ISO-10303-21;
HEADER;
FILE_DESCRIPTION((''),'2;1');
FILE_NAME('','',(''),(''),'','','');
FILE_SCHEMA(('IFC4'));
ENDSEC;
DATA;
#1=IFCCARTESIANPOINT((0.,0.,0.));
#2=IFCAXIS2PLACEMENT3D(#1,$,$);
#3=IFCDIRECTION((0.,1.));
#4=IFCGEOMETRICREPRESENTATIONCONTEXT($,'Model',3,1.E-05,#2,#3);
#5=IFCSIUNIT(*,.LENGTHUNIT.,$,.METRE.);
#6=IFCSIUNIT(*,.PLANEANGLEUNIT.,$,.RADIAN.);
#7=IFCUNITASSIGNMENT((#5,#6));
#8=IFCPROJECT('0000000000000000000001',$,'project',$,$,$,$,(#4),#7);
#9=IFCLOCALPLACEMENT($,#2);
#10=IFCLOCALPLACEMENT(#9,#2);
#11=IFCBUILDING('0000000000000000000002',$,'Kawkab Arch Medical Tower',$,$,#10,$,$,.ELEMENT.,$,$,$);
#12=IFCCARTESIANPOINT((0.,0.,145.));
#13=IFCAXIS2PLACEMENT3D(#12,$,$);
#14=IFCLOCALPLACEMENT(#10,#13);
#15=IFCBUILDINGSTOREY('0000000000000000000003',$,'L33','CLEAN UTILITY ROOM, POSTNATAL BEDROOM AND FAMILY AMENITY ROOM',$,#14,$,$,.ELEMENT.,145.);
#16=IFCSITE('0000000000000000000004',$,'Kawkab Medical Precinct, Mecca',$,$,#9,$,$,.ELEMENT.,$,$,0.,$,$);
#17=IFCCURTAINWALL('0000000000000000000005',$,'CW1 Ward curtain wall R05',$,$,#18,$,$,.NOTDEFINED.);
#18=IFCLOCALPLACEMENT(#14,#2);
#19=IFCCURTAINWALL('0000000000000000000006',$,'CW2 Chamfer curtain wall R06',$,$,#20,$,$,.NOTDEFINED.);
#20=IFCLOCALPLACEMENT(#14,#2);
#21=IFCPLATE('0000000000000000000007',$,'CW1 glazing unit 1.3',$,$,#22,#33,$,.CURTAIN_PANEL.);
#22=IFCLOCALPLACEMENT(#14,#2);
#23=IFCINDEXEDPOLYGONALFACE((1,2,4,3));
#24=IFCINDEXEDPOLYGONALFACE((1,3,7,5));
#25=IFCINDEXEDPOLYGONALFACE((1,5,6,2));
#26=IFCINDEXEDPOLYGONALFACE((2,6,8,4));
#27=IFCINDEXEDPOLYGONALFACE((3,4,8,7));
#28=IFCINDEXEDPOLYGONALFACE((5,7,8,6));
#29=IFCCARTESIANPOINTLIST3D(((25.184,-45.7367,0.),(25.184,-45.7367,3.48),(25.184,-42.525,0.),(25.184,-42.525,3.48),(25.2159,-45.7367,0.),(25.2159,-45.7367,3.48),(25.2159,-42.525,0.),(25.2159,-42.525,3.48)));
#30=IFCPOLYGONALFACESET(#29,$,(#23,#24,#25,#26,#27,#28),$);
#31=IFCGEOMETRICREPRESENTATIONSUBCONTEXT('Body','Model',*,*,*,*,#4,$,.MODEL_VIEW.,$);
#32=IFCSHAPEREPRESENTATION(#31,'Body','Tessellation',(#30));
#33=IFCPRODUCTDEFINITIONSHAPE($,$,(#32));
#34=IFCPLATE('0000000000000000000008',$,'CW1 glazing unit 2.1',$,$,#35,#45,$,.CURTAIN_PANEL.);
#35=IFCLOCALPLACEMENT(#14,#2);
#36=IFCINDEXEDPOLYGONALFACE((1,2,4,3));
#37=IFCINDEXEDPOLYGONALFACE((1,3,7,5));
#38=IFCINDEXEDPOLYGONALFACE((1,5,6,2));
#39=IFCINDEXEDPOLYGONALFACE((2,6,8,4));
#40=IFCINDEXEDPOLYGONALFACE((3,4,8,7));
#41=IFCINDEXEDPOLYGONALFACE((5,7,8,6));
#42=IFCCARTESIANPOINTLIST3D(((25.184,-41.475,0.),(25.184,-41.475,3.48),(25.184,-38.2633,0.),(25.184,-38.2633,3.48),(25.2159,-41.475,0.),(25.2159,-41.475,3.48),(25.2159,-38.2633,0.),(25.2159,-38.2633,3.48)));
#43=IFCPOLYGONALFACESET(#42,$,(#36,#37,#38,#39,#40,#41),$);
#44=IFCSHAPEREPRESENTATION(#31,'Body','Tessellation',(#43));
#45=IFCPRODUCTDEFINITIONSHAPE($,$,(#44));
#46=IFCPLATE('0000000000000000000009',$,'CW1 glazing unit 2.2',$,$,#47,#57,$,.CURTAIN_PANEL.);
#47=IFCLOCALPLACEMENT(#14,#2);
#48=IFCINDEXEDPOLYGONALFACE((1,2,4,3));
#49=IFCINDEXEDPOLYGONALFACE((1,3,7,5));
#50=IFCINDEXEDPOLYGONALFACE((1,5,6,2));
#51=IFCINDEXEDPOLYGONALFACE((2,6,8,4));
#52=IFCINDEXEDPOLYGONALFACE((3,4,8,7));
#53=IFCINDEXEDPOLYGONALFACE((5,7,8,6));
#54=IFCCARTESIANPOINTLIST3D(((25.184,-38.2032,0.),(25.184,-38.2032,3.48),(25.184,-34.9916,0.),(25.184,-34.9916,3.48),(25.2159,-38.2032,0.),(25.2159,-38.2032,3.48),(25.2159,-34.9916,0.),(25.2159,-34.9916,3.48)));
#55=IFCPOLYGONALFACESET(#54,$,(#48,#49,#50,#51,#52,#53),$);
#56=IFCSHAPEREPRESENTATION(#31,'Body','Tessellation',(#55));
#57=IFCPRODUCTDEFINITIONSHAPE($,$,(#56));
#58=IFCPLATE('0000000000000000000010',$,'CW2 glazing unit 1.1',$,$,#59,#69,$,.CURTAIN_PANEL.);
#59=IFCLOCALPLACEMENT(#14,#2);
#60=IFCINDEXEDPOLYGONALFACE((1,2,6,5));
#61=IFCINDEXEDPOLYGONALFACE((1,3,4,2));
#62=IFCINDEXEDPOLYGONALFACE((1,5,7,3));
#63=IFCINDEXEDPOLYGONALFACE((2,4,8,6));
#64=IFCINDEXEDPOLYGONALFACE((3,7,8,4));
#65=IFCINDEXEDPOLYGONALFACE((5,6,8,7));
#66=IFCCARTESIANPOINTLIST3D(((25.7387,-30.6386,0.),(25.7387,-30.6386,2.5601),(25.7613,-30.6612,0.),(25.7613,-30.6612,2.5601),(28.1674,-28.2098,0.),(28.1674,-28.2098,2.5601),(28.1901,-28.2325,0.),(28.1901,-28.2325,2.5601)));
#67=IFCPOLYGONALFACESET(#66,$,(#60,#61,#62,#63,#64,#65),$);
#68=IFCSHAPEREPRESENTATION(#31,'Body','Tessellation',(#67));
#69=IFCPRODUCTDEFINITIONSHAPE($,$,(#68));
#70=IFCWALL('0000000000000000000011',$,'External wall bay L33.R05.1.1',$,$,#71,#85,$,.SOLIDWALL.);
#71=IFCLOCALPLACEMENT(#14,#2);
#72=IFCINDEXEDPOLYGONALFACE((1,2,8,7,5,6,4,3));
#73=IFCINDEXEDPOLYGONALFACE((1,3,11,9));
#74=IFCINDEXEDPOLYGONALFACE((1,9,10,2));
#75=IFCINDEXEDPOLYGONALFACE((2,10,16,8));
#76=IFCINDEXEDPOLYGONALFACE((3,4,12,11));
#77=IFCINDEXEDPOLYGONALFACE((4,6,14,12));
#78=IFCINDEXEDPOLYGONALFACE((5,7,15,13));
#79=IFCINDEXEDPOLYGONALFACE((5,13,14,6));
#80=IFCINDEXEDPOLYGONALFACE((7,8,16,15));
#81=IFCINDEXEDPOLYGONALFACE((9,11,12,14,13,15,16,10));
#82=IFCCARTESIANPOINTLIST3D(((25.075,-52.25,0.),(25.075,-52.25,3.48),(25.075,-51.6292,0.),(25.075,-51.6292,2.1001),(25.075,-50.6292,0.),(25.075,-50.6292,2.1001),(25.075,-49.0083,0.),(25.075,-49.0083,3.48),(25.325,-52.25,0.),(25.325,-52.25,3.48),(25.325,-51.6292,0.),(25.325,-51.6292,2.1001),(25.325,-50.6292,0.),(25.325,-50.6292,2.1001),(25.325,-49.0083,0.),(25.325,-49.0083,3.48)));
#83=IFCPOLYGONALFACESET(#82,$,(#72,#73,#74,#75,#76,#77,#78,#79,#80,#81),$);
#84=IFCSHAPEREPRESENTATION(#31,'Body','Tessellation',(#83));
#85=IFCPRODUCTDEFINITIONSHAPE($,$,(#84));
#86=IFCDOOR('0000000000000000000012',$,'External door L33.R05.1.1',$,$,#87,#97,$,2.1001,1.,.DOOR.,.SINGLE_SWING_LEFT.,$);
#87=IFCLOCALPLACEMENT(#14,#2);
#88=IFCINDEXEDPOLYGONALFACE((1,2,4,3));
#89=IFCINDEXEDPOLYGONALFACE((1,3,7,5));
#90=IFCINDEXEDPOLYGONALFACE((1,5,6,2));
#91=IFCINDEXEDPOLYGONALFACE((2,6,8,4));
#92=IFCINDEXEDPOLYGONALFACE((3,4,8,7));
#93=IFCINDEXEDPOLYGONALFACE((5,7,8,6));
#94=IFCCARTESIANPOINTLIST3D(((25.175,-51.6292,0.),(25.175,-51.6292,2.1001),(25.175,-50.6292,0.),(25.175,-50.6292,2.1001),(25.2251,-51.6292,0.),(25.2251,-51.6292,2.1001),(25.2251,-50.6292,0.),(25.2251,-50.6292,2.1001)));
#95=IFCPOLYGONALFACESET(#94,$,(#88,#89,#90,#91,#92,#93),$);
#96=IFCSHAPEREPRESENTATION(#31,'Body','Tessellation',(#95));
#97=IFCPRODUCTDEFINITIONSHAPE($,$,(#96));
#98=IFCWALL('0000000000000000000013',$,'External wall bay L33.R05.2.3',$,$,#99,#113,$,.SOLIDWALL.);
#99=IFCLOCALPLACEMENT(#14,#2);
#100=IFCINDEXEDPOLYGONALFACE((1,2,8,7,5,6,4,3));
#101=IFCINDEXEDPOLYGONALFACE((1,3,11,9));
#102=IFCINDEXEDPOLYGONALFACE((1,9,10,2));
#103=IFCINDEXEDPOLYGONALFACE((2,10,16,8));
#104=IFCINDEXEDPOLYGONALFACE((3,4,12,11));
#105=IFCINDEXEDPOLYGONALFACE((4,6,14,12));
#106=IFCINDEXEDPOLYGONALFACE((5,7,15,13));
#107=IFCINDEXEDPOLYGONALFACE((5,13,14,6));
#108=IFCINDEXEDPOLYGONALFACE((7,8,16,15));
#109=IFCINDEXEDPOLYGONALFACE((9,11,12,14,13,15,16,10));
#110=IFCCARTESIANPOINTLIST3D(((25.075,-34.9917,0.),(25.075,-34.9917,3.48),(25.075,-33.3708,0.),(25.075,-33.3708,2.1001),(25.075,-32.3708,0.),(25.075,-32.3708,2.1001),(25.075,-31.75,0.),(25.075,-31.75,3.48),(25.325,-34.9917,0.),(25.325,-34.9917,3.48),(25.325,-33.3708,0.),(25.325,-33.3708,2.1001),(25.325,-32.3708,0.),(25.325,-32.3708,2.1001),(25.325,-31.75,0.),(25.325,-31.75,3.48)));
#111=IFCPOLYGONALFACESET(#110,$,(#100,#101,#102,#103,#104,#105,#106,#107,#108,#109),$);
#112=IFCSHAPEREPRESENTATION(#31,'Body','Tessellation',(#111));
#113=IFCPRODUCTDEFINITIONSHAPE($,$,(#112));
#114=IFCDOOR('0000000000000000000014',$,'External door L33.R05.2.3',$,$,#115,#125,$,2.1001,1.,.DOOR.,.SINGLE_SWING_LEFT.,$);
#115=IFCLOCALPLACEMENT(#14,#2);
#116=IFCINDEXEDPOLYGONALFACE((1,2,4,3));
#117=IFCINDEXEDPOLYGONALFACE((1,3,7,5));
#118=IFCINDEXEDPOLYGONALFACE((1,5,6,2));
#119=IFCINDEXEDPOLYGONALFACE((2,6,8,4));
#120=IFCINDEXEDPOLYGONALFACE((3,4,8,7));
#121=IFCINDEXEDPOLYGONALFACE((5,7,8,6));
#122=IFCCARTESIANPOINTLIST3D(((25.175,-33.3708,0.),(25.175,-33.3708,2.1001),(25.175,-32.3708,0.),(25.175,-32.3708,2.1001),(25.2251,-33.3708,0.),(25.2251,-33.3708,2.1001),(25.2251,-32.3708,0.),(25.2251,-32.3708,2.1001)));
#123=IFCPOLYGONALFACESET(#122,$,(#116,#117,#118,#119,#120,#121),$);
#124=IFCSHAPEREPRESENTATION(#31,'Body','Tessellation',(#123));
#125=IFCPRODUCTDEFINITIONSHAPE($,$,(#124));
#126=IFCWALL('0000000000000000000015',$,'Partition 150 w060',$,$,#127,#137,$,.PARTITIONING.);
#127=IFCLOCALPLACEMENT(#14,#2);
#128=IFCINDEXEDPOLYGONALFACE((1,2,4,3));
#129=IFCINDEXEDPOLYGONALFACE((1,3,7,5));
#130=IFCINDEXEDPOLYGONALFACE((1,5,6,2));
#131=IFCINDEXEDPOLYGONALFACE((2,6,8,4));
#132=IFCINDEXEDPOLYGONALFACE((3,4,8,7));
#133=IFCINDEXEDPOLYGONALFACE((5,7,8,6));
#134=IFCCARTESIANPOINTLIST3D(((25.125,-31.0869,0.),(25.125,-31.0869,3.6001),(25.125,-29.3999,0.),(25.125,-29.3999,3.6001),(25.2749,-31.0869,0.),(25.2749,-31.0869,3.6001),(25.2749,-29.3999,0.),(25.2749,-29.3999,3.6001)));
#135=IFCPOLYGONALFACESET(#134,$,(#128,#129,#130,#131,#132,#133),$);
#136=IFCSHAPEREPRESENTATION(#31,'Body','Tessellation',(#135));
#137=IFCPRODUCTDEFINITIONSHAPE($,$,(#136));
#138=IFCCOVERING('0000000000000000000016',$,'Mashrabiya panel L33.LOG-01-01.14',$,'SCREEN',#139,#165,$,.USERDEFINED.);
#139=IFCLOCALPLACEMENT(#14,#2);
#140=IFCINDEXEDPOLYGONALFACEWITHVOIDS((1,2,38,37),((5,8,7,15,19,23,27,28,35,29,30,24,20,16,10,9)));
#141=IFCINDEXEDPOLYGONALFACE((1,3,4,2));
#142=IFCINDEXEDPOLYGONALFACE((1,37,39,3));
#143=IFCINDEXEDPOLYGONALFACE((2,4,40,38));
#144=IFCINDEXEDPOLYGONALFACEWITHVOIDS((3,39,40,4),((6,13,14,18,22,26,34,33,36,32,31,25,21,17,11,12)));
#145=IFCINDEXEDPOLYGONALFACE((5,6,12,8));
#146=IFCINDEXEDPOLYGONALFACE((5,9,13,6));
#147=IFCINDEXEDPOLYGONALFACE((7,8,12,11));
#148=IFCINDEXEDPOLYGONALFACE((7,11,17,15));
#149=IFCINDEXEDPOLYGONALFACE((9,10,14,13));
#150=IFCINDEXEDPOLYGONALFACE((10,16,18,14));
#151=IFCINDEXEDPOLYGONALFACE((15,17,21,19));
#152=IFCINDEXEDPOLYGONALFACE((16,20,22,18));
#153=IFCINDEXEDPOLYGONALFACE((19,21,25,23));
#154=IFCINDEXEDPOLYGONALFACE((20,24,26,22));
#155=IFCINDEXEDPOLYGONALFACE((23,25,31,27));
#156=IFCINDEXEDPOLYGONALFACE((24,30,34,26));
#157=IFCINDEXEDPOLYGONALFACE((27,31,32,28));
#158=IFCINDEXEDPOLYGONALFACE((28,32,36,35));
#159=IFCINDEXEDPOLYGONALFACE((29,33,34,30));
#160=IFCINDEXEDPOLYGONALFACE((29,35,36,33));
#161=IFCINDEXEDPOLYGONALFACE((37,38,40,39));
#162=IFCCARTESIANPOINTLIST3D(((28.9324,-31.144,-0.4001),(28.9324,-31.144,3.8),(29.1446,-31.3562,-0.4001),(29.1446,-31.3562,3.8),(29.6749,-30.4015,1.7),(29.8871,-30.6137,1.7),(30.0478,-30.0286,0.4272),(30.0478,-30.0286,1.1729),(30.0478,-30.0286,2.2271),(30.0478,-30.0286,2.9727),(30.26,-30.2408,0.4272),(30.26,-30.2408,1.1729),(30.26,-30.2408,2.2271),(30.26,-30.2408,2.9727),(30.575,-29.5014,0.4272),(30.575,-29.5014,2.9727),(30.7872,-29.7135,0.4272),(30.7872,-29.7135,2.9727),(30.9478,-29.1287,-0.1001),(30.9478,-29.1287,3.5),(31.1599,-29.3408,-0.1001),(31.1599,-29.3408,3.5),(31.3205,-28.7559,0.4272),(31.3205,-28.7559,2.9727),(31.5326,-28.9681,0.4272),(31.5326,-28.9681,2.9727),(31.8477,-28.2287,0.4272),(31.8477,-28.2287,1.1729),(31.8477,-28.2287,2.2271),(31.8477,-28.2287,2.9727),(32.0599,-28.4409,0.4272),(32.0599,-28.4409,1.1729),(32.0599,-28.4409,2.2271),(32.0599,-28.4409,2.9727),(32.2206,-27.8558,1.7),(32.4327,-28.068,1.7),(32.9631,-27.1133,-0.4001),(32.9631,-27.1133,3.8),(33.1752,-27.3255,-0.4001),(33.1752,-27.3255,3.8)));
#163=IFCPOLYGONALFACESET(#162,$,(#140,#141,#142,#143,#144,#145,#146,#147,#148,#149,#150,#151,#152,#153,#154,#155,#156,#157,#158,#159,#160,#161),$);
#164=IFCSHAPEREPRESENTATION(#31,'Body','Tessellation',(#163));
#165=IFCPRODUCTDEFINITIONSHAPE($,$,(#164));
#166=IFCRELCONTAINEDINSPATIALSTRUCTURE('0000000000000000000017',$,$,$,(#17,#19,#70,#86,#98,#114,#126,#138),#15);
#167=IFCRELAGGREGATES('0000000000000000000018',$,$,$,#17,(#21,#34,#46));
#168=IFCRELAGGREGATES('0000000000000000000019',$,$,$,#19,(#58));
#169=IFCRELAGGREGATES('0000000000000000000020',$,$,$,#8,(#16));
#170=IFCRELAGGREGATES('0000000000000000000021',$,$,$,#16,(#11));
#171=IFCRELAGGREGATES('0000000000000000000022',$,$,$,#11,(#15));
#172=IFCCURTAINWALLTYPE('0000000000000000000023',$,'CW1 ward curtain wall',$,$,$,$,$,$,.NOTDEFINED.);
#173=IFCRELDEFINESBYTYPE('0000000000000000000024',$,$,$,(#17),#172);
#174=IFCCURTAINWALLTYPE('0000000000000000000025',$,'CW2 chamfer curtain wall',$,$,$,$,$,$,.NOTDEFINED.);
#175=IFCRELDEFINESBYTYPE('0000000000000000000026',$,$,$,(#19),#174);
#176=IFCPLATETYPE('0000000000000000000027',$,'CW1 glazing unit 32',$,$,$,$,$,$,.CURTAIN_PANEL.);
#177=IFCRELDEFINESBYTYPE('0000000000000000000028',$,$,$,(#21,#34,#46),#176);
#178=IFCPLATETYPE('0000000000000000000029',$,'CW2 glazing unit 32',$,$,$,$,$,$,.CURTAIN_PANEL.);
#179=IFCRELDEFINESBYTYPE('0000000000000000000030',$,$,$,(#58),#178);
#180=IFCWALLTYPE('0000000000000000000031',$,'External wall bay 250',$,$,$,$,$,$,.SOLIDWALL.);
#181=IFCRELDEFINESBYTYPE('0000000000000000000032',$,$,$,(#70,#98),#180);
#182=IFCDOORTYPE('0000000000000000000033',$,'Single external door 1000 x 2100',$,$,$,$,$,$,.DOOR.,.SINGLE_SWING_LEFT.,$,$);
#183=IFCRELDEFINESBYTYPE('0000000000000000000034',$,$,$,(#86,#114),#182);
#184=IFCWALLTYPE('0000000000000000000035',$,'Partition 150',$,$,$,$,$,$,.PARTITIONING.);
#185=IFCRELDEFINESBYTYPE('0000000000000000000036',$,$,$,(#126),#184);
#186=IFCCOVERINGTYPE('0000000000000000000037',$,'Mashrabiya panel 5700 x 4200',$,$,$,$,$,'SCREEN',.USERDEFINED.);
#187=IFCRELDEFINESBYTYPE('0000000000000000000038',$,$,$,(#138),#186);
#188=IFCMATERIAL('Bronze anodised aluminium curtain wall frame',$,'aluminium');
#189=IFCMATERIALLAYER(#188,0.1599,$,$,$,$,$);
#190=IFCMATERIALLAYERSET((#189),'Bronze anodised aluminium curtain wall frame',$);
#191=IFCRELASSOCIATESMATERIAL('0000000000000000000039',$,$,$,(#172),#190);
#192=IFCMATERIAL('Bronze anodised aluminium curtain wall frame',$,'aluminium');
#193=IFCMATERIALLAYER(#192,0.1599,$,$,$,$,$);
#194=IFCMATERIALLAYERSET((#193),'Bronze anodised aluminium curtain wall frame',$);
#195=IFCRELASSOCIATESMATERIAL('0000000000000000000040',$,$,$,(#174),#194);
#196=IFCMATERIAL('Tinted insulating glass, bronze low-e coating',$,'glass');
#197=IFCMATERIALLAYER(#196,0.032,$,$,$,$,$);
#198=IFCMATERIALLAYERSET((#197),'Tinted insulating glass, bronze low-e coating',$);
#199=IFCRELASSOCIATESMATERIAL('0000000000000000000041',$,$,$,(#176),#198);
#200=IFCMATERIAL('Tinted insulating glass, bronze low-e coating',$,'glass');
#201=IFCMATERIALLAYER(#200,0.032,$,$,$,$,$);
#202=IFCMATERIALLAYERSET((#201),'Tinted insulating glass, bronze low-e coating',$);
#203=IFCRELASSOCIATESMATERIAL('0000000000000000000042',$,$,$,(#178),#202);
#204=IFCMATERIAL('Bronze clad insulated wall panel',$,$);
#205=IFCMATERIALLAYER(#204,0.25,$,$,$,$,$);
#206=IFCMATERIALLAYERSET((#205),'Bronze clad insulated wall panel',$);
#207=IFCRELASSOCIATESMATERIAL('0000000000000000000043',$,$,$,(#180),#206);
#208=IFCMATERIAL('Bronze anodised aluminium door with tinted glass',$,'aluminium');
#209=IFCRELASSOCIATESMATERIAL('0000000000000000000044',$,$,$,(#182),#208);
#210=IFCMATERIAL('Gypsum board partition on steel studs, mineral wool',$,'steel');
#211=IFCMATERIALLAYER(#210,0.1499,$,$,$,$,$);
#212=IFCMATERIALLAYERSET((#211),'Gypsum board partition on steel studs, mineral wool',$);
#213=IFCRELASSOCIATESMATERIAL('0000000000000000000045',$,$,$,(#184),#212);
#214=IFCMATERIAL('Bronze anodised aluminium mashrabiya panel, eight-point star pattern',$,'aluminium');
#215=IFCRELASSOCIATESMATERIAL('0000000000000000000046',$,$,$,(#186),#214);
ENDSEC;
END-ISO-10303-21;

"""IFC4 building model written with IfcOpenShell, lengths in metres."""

from ifc_helpers import new_model, si_unit, direction, frame, frame_2d, origin, origin_2d, place, context, subcontext, project, spatial, polyline, rectangle, outline, extrude, material, layer, layer_set, material_profile, profile_set, type_object, element, fill, aggregate, save


model = new_model("IFC4")

# Units and contexts
model_context = context("Model", 3, precision=1e-05, world=origin(), true_north=direction((0.0, 1.0)))
body_context = subcontext(model_context, "Body", "Model", "MODEL_VIEW")
ifc_project = project(units=[si_unit("LENGTHUNIT", "METRE"), si_unit("PLANEANGLEUNIT", "RADIAN")], contexts=[model_context])

# Site, building, storey
site_placement = place(None, origin())
site = spatial("IfcSite", under=ifc_project, at=site_placement, Name="Kawkab Medical Precinct, Mecca", CompositionType="ELEMENT", RefElevation=0.0)
building_placement = place(site_placement, origin())
building = spatial("IfcBuilding", under=site, at=building_placement, Name="Kawkab Arch Medical Tower", CompositionType="ELEMENT")
storey_placement = place(building_placement, frame((0.0, 0.0, 145.0)))
storey = spatial("IfcBuildingStorey", under=building, at=storey_placement, Name="L33", Description="CLEAN UTILITY ROOM, POSTNATAL BEDROOM AND FAMILY AMENITY ROOM", CompositionType="ELEMENT", Elevation=145.0)

# Curtain walls
ifc_material_1 = material(Name="Bronze anodised aluminium curtain wall frame", Category="aluminium")
ifc_layer_1 = layer(ifc_material_1, 0.1599)
ifc_layer_set_1 = layer_set([ifc_layer_1], Name="Bronze anodised aluminium curtain wall frame")
curtain_wall_type_1 = type_object("IfcCurtainWallType", Name="CW1 ward curtain wall", PredefinedType="NOTDEFINED", material=ifc_layer_set_1)
placement = place(storey_placement, origin())
curtain_wall_1 = element("IfcCurtainWall", 1, at=placement, inside=storey, type_object=curtain_wall_type_1, Name="CW1 Ward curtain wall R05", PredefinedType="NOTDEFINED")
ifc_material_2 = material(Name="Bronze anodised aluminium curtain wall frame", Category="aluminium")
ifc_layer_2 = layer(ifc_material_2, 0.1599)
ifc_layer_set_2 = layer_set([ifc_layer_2], Name="Bronze anodised aluminium curtain wall frame")
curtain_wall_type_2 = type_object("IfcCurtainWallType", Name="CW2 chamfer curtain wall", PredefinedType="NOTDEFINED", material=ifc_layer_set_2)
curtain_wall_2 = element("IfcCurtainWall", 2, at=placement, inside=storey, type_object=curtain_wall_type_2, Name="CW2 Chamfer curtain wall R06", PredefinedType="NOTDEFINED")

# Plates
ifc_material_3 = material(Name="Tinted insulating glass, bronze low-e coating", Category="glass")
ifc_layer_3 = layer(ifc_material_3, 0.032)
ifc_layer_set_3 = layer_set([ifc_layer_3], Name="Tinted insulating glass, bronze low-e coating")
plate_type_1 = type_object("IfcPlateType", Name="CW1 glazing unit 32", PredefinedType="CURTAIN_PANEL", material=ifc_layer_set_3)
plate_1_placement = place(storey_placement, frame((25.2, -44.1309, 0.0), z_axis=(0.0, 0.0, 1.0), x_axis=(0.0, 1.0, 0.0)))
plate_1 = element("IfcPlate", 3, at=plate_1_placement, type_object=plate_type_1, Name="CW1 glazing unit 1.3", PredefinedType="CURTAIN_PANEL", context=body_context, shape_type="SweptSolid", body=[
    extrude(rectangle(XDim=3.2117, YDim=0.032, at=origin_2d()), origin(), (0.0, 0.0, 1.0), 3.48),
])
plate_2_placement = place(storey_placement, frame((25.2, -39.8691, 0.0), z_axis=(0.0, 0.0, 1.0), x_axis=(0.0, 1.0, 0.0)))
plate_2 = element("IfcPlate", 4, at=plate_2_placement, type_object=plate_type_1, Name="CW1 glazing unit 2.1", PredefinedType="CURTAIN_PANEL", context=body_context, shape_type="SweptSolid", body=[
    extrude(rectangle(XDim=3.2117, YDim=0.032, at=origin_2d()), origin(), (0.0, 0.0, 1.0), 3.48),
])
plate_3_placement = place(storey_placement, frame((25.2, -36.5974, 0.0), z_axis=(0.0, 0.0, 1.0), x_axis=(0.0, 1.0, 0.0)))
plate_3 = element("IfcPlate", 5, at=plate_3_placement, type_object=plate_type_1, Name="CW1 glazing unit 2.2", PredefinedType="CURTAIN_PANEL", context=body_context, shape_type="SweptSolid", body=[
    extrude(rectangle(XDim=3.2117, YDim=0.032, at=origin_2d()), origin(), (0.0, 0.0, 1.0), 3.48),
])
aggregate(curtain_wall_1, [plate_1, plate_2, plate_3])
ifc_material_4 = material(Name="Tinted insulating glass, bronze low-e coating", Category="glass")
ifc_layer_4 = layer(ifc_material_4, 0.032)
ifc_layer_set_4 = layer_set([ifc_layer_4], Name="Tinted insulating glass, bronze low-e coating")
plate_type_2 = type_object("IfcPlateType", Name="CW2 glazing unit 32", PredefinedType="CURTAIN_PANEL", material=ifc_layer_set_4)
plate_4_placement = place(storey_placement, frame((26.9644, -29.4355, 0.0), z_axis=(0.0, 0.0, 1.0), x_axis=(0.707107, 0.707107, 0.0)))
plate_4 = element("IfcPlate", 6, at=plate_4_placement, type_object=plate_type_2, Name="CW2 glazing unit 1.1", PredefinedType="CURTAIN_PANEL", context=body_context, shape_type="SweptSolid", body=[
    extrude(rectangle(XDim=3.4348, YDim=0.032, at=origin_2d()), origin(), (0.0, 0.0, 1.0), 2.5601),
])
aggregate(curtain_wall_2, [plate_4])

# Walls, openings, doors
ifc_material_5 = material(Name="Bronze clad insulated wall panel")
ifc_layer_5 = layer(ifc_material_5, 0.25)
ifc_layer_set_5 = layer_set([ifc_layer_5], Name="Bronze clad insulated wall panel")
wall_type_1 = type_object("IfcWallType", Name="External wall bay 250", PredefinedType="SOLIDWALL", material=ifc_layer_set_5)
wall_1_placement = place(storey_placement, frame((25.2, -52.25, 0.0), z_axis=(0.0, 0.0, 1.0), x_axis=(0.0, 1.0, 0.0)))
wall_1 = element("IfcWall", 7, at=wall_1_placement, inside=storey, type_object=wall_type_1, Name="External wall bay L33.R05.1.1", PredefinedType="SOLIDWALL", context=body_context, shape_type="SweptSolid", body=[
    extrude(rectangle(XDim=3.2417, YDim=0.25, at=frame_2d((1.6208, 0.0))), origin(), (0.0, 0.0, 1.0), 3.48),
])
opening_1_placement = place(wall_1_placement, frame((0.6208, 0.0, 0.0)))
opening_1 = element("IfcOpeningElement", 8, at=opening_1_placement, cuts=wall_1, PredefinedType="OPENING", context=body_context, shape_type="SweptSolid", body=[
    extrude(rectangle(XDim=1.0, YDim=2.1001, at=frame_2d((0.5, 1.05))), frame((0.0, 0.135, 0.0), z_axis=(0.0, -1.0, 0.0), x_axis=(1.0, 0.0, 0.0)), (0.0, 0.0, 1.0), 0.27),
])
ifc_material_6 = material(Name="Bronze anodised aluminium door with tinted glass", Category="aluminium")
door_type = type_object("IfcDoorType", Name="Single external door 1000 x 2100", OperationType="SINGLE_SWING_LEFT", PredefinedType="DOOR", material=ifc_material_6)
door_1_placement = place(opening_1_placement, origin())
door_1 = element("IfcDoor", 9, at=door_1_placement, inside=storey, type_object=door_type, Name="External door L33.R05.1.1", OperationType="SINGLE_SWING_LEFT", OverallHeight=2.1001, OverallWidth=1.0, PredefinedType="DOOR", context=body_context, shape_type="SweptSolid", body=[
    extrude(rectangle(XDim=1.0, YDim=2.1001, at=frame_2d((0.5, 1.05))), frame((0.0, 0.0249, 0.0), z_axis=(0.0, -1.0, 0.0), x_axis=(1.0, 0.0, 0.0)), (0.0, 0.0, 1.0), 0.05),
])
fill(opening_1, door_1)
wall_2_placement = place(storey_placement, frame((25.2, -34.9917, 0.0), z_axis=(0.0, 0.0, 1.0), x_axis=(0.0, 1.0, 0.0)))
wall_2 = element("IfcWall", 10, at=wall_2_placement, inside=storey, type_object=wall_type_1, Name="External wall bay L33.R05.2.3", PredefinedType="SOLIDWALL", context=body_context, shape_type="SweptSolid", body=[
    extrude(rectangle(XDim=3.2417, YDim=0.25, at=frame_2d((1.6208, 0.0))), origin(), (0.0, 0.0, 1.0), 3.48),
])
opening_2_placement = place(wall_2_placement, frame((1.6208, 0.0, 0.0)))
opening_2 = element("IfcOpeningElement", 11, at=opening_2_placement, cuts=wall_2, PredefinedType="OPENING", context=body_context, shape_type="SweptSolid", body=[
    extrude(rectangle(XDim=1.0, YDim=2.1001, at=frame_2d((0.5, 1.05))), frame((0.0, 0.135, 0.0), z_axis=(0.0, -1.0, 0.0), x_axis=(1.0, 0.0, 0.0)), (0.0, 0.0, 1.0), 0.27),
])
door_2_placement = place(opening_2_placement, origin())
door_2 = element("IfcDoor", 12, at=door_2_placement, inside=storey, type_object=door_type, Name="External door L33.R05.2.3", OperationType="SINGLE_SWING_LEFT", OverallHeight=2.1001, OverallWidth=1.0, PredefinedType="DOOR", context=body_context, shape_type="SweptSolid", body=[
    extrude(rectangle(XDim=1.0, YDim=2.1001, at=frame_2d((0.5, 1.05))), frame((0.0, 0.0249, 0.0), z_axis=(0.0, -1.0, 0.0), x_axis=(1.0, 0.0, 0.0)), (0.0, 0.0, 1.0), 0.05),
])
fill(opening_2, door_2)

# Wall
ifc_material_7 = material(Name="Gypsum board partition on steel studs, mineral wool", Category="steel")
ifc_layer_6 = layer(ifc_material_7, 0.1499)
ifc_layer_set_6 = layer_set([ifc_layer_6], Name="Gypsum board partition on steel studs, mineral wool")
wall_type_2 = type_object("IfcWallType", Name="Partition 150", PredefinedType="PARTITIONING", material=ifc_layer_set_6)
wall_3_placement = place(storey_placement, frame((25.2, -31.0869, 0.0), z_axis=(0.0, 0.0, 1.0), x_axis=(0.0, 1.0, 0.0)))
element("IfcWall", 13, at=wall_3_placement, inside=storey, type_object=wall_type_2, Name="Partition 150 w060", PredefinedType="PARTITIONING", context=body_context, shape_type="SweptSolid", body=[
    extrude(rectangle(XDim=1.687, YDim=0.1499, at=frame_2d((0.8435, 0.0))), origin(), (0.0, 0.0, 1.0), 3.6001),
])

# Covering
ifc_material_8 = material(Name="Bronze anodised aluminium mashrabiya panel, eight-point star pattern", Category="aluminium")
ifc_material_profile_1 = material_profile(ifc_material_8, outline(polyline([(-2.8501, -2.1001), (2.8501, -2.1001), (2.8501, 2.1001), (-2.8501, 2.1001), (-2.8501, -2.1001)]), holes=[polyline([(1.8, 0.0), (1.2727, 0.5271), (1.2727, 1.2727), (0.5271, 1.2727), (0.0, 1.8), (-0.5271, 1.2727), (-1.2727, 1.2727), (-1.2727, 0.5271), (-1.8, 0.0), (-1.2727, -0.5271), (-1.2727, -1.2727), (-0.5271, -1.2727), (0.0, -1.8), (0.5271, -1.2727), (1.2727, -1.2727), (1.2727, -0.5271), (1.8, 0.0)])]), Name="Mashrabiya panel 5700x4200")
ifc_profile_set_1 = profile_set([ifc_material_profile_1], Name="Bronze anodised aluminium mashrabiya panel, eight-point star pattern")
covering_type_1 = type_object("IfcCoveringType", Name="Mashrabiya panel 5700 x 4200", ElementType="SCREEN", PredefinedType="USERDEFINED", material=ifc_profile_set_1)
covering_1_placement = place(storey_placement, frame((30.9478, -29.1287, 1.7), z_axis=(0.707107, -0.707107, 0.0), x_axis=(0.707107, 0.707107, 0.0)))
element("IfcCovering", 14, at=covering_1_placement, inside=storey, type_object=covering_type_1, Name="Mashrabiya panel L33.LOG-01-01.14", ObjectType="SCREEN", PredefinedType="USERDEFINED", context=body_context, shape_type="SweptSolid", body=[
    extrude(outline(polyline([(-2.8501, -2.1001), (2.8501, -2.1001), (2.8501, 2.1001), (-2.8501, 2.1001), (-2.8501, -2.1001)]), holes=[polyline([(1.8, 0.0), (1.2727, 0.5271), (1.2727, 1.2727), (0.5271, 1.2727), (0.0, 1.8), (-0.5271, 1.2727), (-1.2727, 1.2727), (-1.2727, 0.5271), (-1.8, 0.0), (-1.2727, -0.5271), (-1.2727, -1.2727), (-0.5271, -1.2727), (0.0, -1.8), (0.5271, -1.2727), (1.2727, -1.2727), (1.2727, -0.5271), (1.8, 0.0)])]), origin(), (0.0, 0.0, 1.0), 0.3),
])

save(model, "model.ifc")
